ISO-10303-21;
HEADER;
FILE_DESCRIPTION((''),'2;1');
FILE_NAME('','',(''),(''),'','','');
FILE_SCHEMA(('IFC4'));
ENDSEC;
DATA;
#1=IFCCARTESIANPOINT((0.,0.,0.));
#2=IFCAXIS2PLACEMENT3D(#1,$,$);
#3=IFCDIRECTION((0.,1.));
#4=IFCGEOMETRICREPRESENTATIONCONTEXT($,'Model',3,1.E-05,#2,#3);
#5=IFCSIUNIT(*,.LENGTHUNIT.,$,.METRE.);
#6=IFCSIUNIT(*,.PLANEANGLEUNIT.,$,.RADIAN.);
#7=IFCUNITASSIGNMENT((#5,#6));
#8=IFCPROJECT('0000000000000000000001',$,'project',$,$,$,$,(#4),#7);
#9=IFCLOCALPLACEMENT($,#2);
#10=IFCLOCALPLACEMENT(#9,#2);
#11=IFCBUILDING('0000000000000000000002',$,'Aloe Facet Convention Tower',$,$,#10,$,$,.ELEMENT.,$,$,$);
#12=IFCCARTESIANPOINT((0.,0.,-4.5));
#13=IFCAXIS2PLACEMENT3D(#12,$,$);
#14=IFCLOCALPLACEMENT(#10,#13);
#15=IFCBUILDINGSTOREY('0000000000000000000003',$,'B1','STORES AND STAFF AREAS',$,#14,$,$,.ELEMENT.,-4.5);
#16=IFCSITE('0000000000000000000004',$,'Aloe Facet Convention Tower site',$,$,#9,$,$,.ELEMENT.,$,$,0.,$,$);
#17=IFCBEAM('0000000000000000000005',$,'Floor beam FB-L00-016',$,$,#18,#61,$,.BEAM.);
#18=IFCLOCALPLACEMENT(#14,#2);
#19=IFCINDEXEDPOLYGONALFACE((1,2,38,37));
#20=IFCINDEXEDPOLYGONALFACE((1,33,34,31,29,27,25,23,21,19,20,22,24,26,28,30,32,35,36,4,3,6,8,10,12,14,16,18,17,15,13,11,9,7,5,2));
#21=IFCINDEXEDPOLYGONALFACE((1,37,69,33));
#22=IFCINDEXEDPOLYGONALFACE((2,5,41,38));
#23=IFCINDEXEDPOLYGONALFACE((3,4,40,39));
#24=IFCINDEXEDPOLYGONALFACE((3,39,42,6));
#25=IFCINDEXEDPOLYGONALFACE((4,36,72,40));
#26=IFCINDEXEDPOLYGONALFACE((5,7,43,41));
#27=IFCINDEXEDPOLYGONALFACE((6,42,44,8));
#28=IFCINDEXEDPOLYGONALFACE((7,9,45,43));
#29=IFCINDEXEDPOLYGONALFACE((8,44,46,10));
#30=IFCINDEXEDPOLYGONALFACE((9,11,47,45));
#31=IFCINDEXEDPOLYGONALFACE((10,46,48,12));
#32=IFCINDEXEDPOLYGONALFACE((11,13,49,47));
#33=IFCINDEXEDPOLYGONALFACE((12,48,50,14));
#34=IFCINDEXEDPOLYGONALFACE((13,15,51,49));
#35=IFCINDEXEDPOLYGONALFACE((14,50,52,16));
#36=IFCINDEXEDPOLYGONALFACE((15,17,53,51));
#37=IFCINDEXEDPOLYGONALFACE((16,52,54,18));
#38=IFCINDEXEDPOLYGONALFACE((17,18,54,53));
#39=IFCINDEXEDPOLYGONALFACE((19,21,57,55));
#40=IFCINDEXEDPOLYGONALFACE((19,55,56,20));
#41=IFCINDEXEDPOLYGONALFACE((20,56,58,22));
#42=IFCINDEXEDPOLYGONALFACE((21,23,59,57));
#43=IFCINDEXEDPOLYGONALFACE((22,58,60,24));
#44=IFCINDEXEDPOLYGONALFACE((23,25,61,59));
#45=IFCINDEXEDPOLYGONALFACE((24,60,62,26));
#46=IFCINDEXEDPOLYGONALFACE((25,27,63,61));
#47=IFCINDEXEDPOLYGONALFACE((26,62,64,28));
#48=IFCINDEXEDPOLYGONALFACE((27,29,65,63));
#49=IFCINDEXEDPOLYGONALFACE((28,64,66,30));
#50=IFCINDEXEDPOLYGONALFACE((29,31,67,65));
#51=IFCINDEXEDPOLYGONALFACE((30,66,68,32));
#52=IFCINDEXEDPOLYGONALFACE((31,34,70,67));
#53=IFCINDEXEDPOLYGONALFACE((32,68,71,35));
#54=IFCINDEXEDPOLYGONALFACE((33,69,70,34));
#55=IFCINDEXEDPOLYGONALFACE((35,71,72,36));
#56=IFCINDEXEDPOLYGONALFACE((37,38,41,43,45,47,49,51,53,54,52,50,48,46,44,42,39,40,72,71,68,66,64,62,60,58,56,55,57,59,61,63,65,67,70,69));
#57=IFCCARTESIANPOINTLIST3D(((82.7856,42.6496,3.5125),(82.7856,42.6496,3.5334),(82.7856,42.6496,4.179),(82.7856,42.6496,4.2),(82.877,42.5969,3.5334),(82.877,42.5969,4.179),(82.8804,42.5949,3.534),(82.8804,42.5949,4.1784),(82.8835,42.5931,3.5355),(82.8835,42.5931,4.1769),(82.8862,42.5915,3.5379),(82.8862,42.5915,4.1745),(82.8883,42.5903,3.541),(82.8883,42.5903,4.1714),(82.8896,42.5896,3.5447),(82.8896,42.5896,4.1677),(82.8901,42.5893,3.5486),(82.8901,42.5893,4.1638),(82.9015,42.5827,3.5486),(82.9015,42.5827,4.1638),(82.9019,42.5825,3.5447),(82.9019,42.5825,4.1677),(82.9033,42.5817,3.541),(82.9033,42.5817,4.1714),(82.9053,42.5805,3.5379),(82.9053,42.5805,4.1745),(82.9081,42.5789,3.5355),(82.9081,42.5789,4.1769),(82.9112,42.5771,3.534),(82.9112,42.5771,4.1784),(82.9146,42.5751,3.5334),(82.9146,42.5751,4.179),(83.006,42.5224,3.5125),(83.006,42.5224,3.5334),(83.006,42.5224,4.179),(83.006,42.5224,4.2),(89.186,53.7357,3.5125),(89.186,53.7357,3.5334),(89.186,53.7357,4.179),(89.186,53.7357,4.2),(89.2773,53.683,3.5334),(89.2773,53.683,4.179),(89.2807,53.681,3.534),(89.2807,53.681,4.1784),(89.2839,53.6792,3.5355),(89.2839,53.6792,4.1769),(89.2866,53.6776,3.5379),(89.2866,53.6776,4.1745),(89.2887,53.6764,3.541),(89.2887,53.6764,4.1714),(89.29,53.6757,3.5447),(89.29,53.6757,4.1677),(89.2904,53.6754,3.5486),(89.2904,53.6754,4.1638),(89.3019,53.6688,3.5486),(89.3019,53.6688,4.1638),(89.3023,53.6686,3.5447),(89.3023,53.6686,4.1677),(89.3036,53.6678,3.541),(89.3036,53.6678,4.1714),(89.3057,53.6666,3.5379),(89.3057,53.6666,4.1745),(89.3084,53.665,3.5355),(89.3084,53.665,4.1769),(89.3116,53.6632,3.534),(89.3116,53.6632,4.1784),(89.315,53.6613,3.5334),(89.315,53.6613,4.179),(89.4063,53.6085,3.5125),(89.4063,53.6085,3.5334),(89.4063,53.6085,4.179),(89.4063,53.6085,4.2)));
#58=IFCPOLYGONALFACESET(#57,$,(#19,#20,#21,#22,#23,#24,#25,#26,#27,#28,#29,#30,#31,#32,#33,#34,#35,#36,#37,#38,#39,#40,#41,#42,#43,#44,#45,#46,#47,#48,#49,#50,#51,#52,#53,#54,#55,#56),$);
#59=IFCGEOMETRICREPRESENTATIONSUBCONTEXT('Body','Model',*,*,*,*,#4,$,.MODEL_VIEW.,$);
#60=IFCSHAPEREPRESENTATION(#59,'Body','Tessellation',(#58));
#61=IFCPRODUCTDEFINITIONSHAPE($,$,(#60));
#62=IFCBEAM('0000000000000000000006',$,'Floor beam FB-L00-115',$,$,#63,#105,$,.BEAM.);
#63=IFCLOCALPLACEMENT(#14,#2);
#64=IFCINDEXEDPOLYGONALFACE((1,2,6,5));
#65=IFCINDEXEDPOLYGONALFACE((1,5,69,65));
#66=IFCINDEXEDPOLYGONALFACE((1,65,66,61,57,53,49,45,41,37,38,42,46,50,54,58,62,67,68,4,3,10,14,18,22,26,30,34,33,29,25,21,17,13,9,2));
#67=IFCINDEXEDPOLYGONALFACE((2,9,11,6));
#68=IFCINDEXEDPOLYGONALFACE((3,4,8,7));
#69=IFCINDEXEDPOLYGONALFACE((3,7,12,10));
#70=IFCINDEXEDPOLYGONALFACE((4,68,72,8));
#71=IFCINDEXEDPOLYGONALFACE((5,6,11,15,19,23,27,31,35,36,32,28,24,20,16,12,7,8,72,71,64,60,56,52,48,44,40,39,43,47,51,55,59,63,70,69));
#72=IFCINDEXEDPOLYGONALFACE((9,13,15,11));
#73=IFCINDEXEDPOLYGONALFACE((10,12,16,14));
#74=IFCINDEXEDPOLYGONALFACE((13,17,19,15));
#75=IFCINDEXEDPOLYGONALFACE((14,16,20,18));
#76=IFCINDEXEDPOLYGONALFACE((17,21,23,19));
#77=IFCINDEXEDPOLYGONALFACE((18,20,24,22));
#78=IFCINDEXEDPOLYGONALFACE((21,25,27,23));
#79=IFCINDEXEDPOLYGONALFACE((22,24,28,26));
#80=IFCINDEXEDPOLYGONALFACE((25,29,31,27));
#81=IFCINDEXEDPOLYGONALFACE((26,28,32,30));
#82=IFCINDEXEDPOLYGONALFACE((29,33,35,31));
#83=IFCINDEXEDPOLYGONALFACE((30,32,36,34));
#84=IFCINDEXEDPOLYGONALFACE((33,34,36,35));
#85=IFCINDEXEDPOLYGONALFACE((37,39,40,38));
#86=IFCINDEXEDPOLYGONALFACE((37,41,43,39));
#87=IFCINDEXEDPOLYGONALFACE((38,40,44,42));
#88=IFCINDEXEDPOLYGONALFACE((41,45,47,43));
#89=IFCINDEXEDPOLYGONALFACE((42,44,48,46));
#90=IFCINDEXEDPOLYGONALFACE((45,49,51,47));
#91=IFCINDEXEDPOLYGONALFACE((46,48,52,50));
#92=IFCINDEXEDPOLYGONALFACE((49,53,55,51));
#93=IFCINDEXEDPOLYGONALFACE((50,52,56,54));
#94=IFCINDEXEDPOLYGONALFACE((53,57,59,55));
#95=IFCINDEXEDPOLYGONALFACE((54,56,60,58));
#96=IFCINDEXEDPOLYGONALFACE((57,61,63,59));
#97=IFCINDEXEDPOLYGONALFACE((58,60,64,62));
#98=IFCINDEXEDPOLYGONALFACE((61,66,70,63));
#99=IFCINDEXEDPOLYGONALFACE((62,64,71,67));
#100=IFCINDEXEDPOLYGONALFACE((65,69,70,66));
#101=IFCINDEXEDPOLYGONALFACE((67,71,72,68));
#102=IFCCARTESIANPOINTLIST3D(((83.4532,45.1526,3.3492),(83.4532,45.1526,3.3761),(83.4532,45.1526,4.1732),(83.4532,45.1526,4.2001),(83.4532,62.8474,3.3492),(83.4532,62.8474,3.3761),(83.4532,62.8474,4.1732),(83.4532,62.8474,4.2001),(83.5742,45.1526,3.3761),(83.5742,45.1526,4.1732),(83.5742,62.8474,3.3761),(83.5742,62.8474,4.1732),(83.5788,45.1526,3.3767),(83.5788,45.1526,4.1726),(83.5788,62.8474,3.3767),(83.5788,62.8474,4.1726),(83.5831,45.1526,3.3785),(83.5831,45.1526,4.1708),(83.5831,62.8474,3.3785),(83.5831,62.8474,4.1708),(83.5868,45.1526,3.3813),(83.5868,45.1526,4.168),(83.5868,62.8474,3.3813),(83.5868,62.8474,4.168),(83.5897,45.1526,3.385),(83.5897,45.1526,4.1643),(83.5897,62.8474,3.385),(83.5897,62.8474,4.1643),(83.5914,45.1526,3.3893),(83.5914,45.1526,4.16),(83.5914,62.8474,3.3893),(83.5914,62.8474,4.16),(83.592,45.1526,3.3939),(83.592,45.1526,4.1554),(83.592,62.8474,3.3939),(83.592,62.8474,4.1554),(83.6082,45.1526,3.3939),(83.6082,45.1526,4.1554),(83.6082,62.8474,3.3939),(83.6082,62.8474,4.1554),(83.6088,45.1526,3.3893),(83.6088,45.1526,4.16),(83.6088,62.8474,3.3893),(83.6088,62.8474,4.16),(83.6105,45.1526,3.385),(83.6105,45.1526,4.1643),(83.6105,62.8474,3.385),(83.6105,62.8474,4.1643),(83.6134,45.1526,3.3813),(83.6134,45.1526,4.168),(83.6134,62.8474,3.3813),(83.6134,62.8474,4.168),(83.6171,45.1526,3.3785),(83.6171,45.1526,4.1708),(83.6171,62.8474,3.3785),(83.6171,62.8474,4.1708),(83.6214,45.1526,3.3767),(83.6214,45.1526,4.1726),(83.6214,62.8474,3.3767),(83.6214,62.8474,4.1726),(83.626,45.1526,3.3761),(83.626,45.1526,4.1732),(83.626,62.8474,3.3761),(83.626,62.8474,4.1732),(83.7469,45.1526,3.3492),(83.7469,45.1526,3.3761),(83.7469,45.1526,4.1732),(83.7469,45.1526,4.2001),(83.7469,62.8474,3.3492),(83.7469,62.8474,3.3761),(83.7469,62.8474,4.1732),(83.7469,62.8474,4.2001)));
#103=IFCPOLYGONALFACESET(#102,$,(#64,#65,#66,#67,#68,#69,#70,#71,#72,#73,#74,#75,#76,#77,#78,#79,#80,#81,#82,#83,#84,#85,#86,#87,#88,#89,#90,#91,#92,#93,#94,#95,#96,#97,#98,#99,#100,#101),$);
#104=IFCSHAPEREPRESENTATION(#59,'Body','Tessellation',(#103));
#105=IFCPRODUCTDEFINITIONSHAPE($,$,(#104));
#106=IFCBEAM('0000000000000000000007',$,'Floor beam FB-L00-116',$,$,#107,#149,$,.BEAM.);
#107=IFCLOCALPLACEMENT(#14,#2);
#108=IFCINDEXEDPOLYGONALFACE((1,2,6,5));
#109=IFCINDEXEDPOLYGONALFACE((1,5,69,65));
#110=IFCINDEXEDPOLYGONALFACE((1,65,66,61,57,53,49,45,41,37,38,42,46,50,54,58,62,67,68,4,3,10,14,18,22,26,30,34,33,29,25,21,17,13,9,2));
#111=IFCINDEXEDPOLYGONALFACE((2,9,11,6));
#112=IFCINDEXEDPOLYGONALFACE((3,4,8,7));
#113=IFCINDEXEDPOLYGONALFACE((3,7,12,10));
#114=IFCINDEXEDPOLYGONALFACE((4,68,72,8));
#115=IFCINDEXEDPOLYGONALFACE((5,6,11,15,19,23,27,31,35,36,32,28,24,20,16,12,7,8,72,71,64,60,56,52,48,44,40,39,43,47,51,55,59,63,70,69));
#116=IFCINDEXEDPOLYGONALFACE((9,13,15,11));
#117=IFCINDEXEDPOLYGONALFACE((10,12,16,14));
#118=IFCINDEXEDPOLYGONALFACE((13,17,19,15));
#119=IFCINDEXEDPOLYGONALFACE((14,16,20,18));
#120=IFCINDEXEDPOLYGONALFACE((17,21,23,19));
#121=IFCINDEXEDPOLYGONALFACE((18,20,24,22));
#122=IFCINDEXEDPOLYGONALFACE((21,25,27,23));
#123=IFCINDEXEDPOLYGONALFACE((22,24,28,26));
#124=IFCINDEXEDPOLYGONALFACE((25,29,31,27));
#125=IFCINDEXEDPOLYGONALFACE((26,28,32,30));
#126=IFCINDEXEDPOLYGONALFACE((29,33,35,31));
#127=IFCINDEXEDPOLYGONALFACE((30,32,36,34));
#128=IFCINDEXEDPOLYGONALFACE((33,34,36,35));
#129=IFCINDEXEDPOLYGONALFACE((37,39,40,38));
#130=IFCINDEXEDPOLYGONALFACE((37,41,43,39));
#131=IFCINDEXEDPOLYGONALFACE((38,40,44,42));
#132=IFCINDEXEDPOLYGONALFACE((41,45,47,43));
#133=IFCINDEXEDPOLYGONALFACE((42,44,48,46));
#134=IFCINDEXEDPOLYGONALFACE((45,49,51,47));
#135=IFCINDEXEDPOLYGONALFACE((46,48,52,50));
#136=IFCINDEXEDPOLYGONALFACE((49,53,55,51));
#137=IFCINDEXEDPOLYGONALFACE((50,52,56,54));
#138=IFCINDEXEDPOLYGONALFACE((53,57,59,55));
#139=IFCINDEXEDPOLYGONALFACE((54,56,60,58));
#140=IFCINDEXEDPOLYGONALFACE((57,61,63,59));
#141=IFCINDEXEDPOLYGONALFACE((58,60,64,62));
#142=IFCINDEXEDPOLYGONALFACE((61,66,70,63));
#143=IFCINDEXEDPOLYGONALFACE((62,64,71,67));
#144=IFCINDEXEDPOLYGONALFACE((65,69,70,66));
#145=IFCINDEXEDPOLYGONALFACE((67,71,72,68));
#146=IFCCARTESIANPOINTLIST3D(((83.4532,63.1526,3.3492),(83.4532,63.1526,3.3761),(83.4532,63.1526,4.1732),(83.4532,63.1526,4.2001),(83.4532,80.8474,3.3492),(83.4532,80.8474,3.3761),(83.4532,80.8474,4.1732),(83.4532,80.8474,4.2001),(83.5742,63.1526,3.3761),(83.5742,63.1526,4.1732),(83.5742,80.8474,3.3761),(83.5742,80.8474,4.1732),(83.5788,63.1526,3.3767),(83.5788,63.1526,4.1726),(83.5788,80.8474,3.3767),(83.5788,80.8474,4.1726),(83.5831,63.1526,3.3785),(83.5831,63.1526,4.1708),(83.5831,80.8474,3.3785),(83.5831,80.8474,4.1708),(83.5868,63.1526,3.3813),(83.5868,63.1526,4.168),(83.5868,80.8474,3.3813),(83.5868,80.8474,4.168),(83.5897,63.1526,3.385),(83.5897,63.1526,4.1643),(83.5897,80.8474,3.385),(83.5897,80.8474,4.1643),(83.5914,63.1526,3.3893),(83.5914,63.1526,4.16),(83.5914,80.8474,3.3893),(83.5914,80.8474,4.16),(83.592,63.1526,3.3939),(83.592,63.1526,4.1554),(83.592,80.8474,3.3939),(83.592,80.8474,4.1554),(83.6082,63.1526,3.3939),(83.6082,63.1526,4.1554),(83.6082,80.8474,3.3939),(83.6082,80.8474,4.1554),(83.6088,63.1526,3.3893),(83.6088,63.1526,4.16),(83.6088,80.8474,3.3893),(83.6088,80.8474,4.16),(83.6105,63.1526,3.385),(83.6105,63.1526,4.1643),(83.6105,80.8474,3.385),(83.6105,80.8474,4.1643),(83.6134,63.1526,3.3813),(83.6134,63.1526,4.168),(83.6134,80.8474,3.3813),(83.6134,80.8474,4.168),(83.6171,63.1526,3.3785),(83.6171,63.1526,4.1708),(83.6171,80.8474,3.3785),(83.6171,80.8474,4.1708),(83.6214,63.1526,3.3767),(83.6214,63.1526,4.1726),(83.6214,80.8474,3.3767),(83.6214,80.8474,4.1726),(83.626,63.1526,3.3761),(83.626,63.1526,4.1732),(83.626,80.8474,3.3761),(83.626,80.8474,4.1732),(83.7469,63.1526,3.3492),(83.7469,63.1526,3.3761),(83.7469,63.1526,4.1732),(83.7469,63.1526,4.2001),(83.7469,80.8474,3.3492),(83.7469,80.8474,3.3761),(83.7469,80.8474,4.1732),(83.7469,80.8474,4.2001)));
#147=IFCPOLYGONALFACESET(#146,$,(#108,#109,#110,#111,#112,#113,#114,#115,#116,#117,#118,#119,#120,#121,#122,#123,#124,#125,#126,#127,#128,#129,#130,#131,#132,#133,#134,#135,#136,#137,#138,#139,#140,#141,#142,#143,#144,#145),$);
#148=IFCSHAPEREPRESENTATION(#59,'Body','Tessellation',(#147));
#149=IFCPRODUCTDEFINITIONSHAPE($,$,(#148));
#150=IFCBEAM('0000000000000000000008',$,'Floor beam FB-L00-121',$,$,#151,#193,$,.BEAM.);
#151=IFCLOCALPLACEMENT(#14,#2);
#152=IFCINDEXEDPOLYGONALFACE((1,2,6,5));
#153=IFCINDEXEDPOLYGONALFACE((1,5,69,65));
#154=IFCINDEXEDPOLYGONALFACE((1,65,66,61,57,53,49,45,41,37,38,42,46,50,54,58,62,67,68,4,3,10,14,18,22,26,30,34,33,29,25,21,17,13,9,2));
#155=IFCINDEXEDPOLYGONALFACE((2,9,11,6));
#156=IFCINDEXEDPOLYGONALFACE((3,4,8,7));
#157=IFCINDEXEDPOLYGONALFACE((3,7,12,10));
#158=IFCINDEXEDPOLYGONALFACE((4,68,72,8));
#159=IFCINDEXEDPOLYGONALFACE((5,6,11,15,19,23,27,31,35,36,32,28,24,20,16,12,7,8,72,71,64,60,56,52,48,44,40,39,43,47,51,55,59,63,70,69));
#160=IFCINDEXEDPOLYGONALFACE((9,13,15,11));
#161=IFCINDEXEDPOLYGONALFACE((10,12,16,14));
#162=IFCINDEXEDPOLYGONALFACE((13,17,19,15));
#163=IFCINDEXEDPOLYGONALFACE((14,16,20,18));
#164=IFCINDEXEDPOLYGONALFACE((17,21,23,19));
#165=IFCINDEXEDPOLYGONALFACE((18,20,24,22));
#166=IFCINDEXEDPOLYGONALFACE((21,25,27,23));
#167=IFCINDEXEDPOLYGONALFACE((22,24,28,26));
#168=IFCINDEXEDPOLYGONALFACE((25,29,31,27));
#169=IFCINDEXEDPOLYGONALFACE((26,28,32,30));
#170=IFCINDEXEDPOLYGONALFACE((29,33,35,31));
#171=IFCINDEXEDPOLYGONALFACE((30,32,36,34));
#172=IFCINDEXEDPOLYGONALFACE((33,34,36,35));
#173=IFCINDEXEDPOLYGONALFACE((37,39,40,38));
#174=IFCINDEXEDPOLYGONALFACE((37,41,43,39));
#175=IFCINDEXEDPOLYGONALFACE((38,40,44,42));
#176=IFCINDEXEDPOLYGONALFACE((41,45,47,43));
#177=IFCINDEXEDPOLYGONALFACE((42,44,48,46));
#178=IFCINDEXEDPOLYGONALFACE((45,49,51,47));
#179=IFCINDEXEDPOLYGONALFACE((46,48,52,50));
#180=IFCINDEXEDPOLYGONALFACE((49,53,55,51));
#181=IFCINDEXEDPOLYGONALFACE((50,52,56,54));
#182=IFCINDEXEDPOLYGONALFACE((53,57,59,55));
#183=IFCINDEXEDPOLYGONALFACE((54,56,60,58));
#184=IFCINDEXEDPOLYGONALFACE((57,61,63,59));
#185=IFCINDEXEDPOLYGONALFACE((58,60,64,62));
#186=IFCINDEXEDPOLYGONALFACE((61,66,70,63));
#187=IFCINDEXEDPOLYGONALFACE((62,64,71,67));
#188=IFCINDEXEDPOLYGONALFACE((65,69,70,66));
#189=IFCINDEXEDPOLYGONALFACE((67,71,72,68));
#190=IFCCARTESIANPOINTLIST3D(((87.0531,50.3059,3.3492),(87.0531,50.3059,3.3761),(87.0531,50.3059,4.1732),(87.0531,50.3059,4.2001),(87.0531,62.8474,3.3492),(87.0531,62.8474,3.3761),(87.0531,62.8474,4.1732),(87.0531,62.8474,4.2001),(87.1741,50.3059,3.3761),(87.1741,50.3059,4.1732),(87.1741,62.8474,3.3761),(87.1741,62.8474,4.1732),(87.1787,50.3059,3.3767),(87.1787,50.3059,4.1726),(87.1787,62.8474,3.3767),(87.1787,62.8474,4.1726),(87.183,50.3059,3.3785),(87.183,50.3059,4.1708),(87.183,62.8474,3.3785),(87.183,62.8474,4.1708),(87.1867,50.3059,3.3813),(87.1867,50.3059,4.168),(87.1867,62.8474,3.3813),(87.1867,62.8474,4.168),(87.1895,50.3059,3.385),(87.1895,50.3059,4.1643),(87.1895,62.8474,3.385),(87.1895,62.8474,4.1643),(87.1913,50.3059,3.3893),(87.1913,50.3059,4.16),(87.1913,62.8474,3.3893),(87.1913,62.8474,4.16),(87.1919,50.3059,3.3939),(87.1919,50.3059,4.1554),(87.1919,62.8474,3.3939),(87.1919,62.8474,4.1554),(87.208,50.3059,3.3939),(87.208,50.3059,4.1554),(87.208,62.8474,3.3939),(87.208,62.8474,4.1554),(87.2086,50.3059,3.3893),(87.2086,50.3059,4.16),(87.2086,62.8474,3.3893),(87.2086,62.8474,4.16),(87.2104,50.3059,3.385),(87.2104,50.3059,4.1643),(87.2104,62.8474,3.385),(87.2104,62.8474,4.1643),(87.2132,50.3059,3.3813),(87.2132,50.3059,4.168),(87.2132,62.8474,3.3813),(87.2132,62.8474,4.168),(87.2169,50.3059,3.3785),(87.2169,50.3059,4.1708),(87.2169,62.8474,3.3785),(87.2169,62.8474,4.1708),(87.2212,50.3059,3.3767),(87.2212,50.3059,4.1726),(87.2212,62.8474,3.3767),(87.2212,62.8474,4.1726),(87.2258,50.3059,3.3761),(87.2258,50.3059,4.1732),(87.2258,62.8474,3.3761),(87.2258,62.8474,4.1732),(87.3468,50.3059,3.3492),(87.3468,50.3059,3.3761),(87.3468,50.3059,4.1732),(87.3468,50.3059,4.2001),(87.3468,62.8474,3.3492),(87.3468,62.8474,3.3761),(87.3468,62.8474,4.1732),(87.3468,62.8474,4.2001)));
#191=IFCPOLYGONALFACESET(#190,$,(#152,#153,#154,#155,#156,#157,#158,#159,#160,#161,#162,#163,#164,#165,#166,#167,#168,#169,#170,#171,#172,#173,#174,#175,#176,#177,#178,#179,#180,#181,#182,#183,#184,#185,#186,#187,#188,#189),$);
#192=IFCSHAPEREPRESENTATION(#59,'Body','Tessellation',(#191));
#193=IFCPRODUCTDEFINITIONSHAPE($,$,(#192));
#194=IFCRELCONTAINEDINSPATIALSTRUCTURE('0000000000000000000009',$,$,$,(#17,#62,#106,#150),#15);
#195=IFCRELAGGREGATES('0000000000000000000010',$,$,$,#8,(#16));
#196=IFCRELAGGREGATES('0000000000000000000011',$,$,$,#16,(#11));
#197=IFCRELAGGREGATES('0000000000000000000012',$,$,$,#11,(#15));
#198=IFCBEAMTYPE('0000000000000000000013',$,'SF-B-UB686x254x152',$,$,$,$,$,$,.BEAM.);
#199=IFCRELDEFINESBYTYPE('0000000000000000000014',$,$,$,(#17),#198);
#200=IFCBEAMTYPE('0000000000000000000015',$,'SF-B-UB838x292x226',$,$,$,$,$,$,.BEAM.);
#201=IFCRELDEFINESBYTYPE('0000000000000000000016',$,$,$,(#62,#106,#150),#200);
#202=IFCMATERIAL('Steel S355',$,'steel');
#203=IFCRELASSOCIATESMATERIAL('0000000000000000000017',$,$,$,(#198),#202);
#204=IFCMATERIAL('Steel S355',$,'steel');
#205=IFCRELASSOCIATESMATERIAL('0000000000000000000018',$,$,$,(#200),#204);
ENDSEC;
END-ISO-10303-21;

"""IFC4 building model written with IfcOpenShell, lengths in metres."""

from ifc_helpers import new_model, si_unit, direction, frame, origin, origin_2d, place, context, subcontext, project, spatial, i_section, extrude, material, material_profile, profile_set, type_object, element, save


model = new_model("IFC4")

# Units and contexts
model_context = context("Model", 3, precision=1e-05, world=origin(), true_north=direction((0.0, 1.0)))
body_context = subcontext(model_context, "Body", "Model", "MODEL_VIEW")
ifc_project = project(units=[si_unit("LENGTHUNIT", "METRE"), si_unit("PLANEANGLEUNIT", "RADIAN")], contexts=[model_context])

# Site, building, storey
site_placement = place(None, origin())
site = spatial("IfcSite", under=ifc_project, at=site_placement, Name="Aloe Facet Convention Tower site", CompositionType="ELEMENT", RefElevation=0.0)
building_placement = place(site_placement, origin())
building = spatial("IfcBuilding", under=site, at=building_placement, Name="Aloe Facet Convention Tower", CompositionType="ELEMENT")
storey_placement = place(building_placement, frame((0.0, 0.0, -4.5)))
storey = spatial("IfcBuildingStorey", under=building, at=storey_placement, Name="B1", Description="STORES AND STAFF AREAS", CompositionType="ELEMENT", Elevation=-4.5)

# Beams
ifc_material_1 = material(Name="Steel S355", Category="steel")
ifc_material_profile_1 = material_profile(ifc_material_1, i_section(OverallWidth=0.2544, OverallDepth=0.6875, WebThickness=0.0132, FlangeThickness=0.021, FilletRadius=0.0151, at=origin_2d()), Name="UB 686x254x152")
ifc_profile_set_1 = profile_set([ifc_material_profile_1], Name="Steel S355")
beam_type_1 = type_object("IfcBeamType", Name="SF-B-UB686x254x152", PredefinedType="BEAM", material=ifc_profile_set_1)
beam_1_placement = place(storey_placement, frame((89.2961, 53.6721, 3.8562), z_axis=(-0.499987, -0.866033, 0.0), x_axis=(0.866033, -0.499987, 0.0)))
element("IfcBeam", 1, at=beam_1_placement, inside=storey, type_object=beam_type_1, Name="Floor beam FB-L00-016", PredefinedType="BEAM", context=body_context, shape_type="SweptSolid", body=[
    extrude(i_section(OverallWidth=0.2544, OverallDepth=0.6875, WebThickness=0.0132, FlangeThickness=0.021, FilletRadius=0.0151, at=origin_2d()), origin(), (0.0, 0.0, 1.0), 12.801),
])
ifc_material_2 = material(Name="Steel S355", Category="steel")
ifc_material_profile_2 = material_profile(ifc_material_2, i_section(OverallWidth=0.2937, OverallDepth=0.8508, WebThickness=0.0161, FlangeThickness=0.0269, FilletRadius=0.0178, at=origin_2d()), Name="UB 838x292x226")
ifc_profile_set_2 = profile_set([ifc_material_profile_2], Name="Steel S355")
beam_type_2 = type_object("IfcBeamType", Name="SF-B-UB838x292x226", PredefinedType="BEAM", material=ifc_profile_set_2)
for number, where, z_axis, x_axis, name in (
    (2, (83.6001, 45.1526, 3.7747), (0.0, 1.0, 0.0), (-1.0, 0.0, 0.0), "Floor beam FB-L00-115"),
    (3, (83.6001, 63.1526, 3.7747), (0.0, 1.0, 0.0), (-1.0, 0.0, 0.0), "Floor beam FB-L00-116"),
):
    element("IfcBeam", number, at=place(storey_placement, frame(where, z_axis=z_axis, x_axis=x_axis)), inside=storey, type_object=beam_type_2, Name=name, PredefinedType="BEAM", context=body_context, shape_type="SweptSolid", body=[
        extrude(i_section(OverallWidth=0.2937, OverallDepth=0.8508, WebThickness=0.0161, FlangeThickness=0.0269, FilletRadius=0.0178, at=origin_2d()), origin(), (0.0, 0.0, 1.0), 17.6948),
    ])
beam_2_placement = place(storey_placement, frame((87.2, 50.3059, 3.7747), z_axis=(0.0, 1.0, 0.0), x_axis=(-1.0, 0.0, 0.0)))
element("IfcBeam", 4, at=beam_2_placement, inside=storey, type_object=beam_type_2, Name="Floor beam FB-L00-121", PredefinedType="BEAM", context=body_context, shape_type="SweptSolid", body=[
    extrude(i_section(OverallWidth=0.2937, OverallDepth=0.8508, WebThickness=0.0161, FlangeThickness=0.0269, FilletRadius=0.0178, at=origin_2d()), origin(), (0.0, 0.0, 1.0), 12.5415),
])

save(model, "model.ifc")
